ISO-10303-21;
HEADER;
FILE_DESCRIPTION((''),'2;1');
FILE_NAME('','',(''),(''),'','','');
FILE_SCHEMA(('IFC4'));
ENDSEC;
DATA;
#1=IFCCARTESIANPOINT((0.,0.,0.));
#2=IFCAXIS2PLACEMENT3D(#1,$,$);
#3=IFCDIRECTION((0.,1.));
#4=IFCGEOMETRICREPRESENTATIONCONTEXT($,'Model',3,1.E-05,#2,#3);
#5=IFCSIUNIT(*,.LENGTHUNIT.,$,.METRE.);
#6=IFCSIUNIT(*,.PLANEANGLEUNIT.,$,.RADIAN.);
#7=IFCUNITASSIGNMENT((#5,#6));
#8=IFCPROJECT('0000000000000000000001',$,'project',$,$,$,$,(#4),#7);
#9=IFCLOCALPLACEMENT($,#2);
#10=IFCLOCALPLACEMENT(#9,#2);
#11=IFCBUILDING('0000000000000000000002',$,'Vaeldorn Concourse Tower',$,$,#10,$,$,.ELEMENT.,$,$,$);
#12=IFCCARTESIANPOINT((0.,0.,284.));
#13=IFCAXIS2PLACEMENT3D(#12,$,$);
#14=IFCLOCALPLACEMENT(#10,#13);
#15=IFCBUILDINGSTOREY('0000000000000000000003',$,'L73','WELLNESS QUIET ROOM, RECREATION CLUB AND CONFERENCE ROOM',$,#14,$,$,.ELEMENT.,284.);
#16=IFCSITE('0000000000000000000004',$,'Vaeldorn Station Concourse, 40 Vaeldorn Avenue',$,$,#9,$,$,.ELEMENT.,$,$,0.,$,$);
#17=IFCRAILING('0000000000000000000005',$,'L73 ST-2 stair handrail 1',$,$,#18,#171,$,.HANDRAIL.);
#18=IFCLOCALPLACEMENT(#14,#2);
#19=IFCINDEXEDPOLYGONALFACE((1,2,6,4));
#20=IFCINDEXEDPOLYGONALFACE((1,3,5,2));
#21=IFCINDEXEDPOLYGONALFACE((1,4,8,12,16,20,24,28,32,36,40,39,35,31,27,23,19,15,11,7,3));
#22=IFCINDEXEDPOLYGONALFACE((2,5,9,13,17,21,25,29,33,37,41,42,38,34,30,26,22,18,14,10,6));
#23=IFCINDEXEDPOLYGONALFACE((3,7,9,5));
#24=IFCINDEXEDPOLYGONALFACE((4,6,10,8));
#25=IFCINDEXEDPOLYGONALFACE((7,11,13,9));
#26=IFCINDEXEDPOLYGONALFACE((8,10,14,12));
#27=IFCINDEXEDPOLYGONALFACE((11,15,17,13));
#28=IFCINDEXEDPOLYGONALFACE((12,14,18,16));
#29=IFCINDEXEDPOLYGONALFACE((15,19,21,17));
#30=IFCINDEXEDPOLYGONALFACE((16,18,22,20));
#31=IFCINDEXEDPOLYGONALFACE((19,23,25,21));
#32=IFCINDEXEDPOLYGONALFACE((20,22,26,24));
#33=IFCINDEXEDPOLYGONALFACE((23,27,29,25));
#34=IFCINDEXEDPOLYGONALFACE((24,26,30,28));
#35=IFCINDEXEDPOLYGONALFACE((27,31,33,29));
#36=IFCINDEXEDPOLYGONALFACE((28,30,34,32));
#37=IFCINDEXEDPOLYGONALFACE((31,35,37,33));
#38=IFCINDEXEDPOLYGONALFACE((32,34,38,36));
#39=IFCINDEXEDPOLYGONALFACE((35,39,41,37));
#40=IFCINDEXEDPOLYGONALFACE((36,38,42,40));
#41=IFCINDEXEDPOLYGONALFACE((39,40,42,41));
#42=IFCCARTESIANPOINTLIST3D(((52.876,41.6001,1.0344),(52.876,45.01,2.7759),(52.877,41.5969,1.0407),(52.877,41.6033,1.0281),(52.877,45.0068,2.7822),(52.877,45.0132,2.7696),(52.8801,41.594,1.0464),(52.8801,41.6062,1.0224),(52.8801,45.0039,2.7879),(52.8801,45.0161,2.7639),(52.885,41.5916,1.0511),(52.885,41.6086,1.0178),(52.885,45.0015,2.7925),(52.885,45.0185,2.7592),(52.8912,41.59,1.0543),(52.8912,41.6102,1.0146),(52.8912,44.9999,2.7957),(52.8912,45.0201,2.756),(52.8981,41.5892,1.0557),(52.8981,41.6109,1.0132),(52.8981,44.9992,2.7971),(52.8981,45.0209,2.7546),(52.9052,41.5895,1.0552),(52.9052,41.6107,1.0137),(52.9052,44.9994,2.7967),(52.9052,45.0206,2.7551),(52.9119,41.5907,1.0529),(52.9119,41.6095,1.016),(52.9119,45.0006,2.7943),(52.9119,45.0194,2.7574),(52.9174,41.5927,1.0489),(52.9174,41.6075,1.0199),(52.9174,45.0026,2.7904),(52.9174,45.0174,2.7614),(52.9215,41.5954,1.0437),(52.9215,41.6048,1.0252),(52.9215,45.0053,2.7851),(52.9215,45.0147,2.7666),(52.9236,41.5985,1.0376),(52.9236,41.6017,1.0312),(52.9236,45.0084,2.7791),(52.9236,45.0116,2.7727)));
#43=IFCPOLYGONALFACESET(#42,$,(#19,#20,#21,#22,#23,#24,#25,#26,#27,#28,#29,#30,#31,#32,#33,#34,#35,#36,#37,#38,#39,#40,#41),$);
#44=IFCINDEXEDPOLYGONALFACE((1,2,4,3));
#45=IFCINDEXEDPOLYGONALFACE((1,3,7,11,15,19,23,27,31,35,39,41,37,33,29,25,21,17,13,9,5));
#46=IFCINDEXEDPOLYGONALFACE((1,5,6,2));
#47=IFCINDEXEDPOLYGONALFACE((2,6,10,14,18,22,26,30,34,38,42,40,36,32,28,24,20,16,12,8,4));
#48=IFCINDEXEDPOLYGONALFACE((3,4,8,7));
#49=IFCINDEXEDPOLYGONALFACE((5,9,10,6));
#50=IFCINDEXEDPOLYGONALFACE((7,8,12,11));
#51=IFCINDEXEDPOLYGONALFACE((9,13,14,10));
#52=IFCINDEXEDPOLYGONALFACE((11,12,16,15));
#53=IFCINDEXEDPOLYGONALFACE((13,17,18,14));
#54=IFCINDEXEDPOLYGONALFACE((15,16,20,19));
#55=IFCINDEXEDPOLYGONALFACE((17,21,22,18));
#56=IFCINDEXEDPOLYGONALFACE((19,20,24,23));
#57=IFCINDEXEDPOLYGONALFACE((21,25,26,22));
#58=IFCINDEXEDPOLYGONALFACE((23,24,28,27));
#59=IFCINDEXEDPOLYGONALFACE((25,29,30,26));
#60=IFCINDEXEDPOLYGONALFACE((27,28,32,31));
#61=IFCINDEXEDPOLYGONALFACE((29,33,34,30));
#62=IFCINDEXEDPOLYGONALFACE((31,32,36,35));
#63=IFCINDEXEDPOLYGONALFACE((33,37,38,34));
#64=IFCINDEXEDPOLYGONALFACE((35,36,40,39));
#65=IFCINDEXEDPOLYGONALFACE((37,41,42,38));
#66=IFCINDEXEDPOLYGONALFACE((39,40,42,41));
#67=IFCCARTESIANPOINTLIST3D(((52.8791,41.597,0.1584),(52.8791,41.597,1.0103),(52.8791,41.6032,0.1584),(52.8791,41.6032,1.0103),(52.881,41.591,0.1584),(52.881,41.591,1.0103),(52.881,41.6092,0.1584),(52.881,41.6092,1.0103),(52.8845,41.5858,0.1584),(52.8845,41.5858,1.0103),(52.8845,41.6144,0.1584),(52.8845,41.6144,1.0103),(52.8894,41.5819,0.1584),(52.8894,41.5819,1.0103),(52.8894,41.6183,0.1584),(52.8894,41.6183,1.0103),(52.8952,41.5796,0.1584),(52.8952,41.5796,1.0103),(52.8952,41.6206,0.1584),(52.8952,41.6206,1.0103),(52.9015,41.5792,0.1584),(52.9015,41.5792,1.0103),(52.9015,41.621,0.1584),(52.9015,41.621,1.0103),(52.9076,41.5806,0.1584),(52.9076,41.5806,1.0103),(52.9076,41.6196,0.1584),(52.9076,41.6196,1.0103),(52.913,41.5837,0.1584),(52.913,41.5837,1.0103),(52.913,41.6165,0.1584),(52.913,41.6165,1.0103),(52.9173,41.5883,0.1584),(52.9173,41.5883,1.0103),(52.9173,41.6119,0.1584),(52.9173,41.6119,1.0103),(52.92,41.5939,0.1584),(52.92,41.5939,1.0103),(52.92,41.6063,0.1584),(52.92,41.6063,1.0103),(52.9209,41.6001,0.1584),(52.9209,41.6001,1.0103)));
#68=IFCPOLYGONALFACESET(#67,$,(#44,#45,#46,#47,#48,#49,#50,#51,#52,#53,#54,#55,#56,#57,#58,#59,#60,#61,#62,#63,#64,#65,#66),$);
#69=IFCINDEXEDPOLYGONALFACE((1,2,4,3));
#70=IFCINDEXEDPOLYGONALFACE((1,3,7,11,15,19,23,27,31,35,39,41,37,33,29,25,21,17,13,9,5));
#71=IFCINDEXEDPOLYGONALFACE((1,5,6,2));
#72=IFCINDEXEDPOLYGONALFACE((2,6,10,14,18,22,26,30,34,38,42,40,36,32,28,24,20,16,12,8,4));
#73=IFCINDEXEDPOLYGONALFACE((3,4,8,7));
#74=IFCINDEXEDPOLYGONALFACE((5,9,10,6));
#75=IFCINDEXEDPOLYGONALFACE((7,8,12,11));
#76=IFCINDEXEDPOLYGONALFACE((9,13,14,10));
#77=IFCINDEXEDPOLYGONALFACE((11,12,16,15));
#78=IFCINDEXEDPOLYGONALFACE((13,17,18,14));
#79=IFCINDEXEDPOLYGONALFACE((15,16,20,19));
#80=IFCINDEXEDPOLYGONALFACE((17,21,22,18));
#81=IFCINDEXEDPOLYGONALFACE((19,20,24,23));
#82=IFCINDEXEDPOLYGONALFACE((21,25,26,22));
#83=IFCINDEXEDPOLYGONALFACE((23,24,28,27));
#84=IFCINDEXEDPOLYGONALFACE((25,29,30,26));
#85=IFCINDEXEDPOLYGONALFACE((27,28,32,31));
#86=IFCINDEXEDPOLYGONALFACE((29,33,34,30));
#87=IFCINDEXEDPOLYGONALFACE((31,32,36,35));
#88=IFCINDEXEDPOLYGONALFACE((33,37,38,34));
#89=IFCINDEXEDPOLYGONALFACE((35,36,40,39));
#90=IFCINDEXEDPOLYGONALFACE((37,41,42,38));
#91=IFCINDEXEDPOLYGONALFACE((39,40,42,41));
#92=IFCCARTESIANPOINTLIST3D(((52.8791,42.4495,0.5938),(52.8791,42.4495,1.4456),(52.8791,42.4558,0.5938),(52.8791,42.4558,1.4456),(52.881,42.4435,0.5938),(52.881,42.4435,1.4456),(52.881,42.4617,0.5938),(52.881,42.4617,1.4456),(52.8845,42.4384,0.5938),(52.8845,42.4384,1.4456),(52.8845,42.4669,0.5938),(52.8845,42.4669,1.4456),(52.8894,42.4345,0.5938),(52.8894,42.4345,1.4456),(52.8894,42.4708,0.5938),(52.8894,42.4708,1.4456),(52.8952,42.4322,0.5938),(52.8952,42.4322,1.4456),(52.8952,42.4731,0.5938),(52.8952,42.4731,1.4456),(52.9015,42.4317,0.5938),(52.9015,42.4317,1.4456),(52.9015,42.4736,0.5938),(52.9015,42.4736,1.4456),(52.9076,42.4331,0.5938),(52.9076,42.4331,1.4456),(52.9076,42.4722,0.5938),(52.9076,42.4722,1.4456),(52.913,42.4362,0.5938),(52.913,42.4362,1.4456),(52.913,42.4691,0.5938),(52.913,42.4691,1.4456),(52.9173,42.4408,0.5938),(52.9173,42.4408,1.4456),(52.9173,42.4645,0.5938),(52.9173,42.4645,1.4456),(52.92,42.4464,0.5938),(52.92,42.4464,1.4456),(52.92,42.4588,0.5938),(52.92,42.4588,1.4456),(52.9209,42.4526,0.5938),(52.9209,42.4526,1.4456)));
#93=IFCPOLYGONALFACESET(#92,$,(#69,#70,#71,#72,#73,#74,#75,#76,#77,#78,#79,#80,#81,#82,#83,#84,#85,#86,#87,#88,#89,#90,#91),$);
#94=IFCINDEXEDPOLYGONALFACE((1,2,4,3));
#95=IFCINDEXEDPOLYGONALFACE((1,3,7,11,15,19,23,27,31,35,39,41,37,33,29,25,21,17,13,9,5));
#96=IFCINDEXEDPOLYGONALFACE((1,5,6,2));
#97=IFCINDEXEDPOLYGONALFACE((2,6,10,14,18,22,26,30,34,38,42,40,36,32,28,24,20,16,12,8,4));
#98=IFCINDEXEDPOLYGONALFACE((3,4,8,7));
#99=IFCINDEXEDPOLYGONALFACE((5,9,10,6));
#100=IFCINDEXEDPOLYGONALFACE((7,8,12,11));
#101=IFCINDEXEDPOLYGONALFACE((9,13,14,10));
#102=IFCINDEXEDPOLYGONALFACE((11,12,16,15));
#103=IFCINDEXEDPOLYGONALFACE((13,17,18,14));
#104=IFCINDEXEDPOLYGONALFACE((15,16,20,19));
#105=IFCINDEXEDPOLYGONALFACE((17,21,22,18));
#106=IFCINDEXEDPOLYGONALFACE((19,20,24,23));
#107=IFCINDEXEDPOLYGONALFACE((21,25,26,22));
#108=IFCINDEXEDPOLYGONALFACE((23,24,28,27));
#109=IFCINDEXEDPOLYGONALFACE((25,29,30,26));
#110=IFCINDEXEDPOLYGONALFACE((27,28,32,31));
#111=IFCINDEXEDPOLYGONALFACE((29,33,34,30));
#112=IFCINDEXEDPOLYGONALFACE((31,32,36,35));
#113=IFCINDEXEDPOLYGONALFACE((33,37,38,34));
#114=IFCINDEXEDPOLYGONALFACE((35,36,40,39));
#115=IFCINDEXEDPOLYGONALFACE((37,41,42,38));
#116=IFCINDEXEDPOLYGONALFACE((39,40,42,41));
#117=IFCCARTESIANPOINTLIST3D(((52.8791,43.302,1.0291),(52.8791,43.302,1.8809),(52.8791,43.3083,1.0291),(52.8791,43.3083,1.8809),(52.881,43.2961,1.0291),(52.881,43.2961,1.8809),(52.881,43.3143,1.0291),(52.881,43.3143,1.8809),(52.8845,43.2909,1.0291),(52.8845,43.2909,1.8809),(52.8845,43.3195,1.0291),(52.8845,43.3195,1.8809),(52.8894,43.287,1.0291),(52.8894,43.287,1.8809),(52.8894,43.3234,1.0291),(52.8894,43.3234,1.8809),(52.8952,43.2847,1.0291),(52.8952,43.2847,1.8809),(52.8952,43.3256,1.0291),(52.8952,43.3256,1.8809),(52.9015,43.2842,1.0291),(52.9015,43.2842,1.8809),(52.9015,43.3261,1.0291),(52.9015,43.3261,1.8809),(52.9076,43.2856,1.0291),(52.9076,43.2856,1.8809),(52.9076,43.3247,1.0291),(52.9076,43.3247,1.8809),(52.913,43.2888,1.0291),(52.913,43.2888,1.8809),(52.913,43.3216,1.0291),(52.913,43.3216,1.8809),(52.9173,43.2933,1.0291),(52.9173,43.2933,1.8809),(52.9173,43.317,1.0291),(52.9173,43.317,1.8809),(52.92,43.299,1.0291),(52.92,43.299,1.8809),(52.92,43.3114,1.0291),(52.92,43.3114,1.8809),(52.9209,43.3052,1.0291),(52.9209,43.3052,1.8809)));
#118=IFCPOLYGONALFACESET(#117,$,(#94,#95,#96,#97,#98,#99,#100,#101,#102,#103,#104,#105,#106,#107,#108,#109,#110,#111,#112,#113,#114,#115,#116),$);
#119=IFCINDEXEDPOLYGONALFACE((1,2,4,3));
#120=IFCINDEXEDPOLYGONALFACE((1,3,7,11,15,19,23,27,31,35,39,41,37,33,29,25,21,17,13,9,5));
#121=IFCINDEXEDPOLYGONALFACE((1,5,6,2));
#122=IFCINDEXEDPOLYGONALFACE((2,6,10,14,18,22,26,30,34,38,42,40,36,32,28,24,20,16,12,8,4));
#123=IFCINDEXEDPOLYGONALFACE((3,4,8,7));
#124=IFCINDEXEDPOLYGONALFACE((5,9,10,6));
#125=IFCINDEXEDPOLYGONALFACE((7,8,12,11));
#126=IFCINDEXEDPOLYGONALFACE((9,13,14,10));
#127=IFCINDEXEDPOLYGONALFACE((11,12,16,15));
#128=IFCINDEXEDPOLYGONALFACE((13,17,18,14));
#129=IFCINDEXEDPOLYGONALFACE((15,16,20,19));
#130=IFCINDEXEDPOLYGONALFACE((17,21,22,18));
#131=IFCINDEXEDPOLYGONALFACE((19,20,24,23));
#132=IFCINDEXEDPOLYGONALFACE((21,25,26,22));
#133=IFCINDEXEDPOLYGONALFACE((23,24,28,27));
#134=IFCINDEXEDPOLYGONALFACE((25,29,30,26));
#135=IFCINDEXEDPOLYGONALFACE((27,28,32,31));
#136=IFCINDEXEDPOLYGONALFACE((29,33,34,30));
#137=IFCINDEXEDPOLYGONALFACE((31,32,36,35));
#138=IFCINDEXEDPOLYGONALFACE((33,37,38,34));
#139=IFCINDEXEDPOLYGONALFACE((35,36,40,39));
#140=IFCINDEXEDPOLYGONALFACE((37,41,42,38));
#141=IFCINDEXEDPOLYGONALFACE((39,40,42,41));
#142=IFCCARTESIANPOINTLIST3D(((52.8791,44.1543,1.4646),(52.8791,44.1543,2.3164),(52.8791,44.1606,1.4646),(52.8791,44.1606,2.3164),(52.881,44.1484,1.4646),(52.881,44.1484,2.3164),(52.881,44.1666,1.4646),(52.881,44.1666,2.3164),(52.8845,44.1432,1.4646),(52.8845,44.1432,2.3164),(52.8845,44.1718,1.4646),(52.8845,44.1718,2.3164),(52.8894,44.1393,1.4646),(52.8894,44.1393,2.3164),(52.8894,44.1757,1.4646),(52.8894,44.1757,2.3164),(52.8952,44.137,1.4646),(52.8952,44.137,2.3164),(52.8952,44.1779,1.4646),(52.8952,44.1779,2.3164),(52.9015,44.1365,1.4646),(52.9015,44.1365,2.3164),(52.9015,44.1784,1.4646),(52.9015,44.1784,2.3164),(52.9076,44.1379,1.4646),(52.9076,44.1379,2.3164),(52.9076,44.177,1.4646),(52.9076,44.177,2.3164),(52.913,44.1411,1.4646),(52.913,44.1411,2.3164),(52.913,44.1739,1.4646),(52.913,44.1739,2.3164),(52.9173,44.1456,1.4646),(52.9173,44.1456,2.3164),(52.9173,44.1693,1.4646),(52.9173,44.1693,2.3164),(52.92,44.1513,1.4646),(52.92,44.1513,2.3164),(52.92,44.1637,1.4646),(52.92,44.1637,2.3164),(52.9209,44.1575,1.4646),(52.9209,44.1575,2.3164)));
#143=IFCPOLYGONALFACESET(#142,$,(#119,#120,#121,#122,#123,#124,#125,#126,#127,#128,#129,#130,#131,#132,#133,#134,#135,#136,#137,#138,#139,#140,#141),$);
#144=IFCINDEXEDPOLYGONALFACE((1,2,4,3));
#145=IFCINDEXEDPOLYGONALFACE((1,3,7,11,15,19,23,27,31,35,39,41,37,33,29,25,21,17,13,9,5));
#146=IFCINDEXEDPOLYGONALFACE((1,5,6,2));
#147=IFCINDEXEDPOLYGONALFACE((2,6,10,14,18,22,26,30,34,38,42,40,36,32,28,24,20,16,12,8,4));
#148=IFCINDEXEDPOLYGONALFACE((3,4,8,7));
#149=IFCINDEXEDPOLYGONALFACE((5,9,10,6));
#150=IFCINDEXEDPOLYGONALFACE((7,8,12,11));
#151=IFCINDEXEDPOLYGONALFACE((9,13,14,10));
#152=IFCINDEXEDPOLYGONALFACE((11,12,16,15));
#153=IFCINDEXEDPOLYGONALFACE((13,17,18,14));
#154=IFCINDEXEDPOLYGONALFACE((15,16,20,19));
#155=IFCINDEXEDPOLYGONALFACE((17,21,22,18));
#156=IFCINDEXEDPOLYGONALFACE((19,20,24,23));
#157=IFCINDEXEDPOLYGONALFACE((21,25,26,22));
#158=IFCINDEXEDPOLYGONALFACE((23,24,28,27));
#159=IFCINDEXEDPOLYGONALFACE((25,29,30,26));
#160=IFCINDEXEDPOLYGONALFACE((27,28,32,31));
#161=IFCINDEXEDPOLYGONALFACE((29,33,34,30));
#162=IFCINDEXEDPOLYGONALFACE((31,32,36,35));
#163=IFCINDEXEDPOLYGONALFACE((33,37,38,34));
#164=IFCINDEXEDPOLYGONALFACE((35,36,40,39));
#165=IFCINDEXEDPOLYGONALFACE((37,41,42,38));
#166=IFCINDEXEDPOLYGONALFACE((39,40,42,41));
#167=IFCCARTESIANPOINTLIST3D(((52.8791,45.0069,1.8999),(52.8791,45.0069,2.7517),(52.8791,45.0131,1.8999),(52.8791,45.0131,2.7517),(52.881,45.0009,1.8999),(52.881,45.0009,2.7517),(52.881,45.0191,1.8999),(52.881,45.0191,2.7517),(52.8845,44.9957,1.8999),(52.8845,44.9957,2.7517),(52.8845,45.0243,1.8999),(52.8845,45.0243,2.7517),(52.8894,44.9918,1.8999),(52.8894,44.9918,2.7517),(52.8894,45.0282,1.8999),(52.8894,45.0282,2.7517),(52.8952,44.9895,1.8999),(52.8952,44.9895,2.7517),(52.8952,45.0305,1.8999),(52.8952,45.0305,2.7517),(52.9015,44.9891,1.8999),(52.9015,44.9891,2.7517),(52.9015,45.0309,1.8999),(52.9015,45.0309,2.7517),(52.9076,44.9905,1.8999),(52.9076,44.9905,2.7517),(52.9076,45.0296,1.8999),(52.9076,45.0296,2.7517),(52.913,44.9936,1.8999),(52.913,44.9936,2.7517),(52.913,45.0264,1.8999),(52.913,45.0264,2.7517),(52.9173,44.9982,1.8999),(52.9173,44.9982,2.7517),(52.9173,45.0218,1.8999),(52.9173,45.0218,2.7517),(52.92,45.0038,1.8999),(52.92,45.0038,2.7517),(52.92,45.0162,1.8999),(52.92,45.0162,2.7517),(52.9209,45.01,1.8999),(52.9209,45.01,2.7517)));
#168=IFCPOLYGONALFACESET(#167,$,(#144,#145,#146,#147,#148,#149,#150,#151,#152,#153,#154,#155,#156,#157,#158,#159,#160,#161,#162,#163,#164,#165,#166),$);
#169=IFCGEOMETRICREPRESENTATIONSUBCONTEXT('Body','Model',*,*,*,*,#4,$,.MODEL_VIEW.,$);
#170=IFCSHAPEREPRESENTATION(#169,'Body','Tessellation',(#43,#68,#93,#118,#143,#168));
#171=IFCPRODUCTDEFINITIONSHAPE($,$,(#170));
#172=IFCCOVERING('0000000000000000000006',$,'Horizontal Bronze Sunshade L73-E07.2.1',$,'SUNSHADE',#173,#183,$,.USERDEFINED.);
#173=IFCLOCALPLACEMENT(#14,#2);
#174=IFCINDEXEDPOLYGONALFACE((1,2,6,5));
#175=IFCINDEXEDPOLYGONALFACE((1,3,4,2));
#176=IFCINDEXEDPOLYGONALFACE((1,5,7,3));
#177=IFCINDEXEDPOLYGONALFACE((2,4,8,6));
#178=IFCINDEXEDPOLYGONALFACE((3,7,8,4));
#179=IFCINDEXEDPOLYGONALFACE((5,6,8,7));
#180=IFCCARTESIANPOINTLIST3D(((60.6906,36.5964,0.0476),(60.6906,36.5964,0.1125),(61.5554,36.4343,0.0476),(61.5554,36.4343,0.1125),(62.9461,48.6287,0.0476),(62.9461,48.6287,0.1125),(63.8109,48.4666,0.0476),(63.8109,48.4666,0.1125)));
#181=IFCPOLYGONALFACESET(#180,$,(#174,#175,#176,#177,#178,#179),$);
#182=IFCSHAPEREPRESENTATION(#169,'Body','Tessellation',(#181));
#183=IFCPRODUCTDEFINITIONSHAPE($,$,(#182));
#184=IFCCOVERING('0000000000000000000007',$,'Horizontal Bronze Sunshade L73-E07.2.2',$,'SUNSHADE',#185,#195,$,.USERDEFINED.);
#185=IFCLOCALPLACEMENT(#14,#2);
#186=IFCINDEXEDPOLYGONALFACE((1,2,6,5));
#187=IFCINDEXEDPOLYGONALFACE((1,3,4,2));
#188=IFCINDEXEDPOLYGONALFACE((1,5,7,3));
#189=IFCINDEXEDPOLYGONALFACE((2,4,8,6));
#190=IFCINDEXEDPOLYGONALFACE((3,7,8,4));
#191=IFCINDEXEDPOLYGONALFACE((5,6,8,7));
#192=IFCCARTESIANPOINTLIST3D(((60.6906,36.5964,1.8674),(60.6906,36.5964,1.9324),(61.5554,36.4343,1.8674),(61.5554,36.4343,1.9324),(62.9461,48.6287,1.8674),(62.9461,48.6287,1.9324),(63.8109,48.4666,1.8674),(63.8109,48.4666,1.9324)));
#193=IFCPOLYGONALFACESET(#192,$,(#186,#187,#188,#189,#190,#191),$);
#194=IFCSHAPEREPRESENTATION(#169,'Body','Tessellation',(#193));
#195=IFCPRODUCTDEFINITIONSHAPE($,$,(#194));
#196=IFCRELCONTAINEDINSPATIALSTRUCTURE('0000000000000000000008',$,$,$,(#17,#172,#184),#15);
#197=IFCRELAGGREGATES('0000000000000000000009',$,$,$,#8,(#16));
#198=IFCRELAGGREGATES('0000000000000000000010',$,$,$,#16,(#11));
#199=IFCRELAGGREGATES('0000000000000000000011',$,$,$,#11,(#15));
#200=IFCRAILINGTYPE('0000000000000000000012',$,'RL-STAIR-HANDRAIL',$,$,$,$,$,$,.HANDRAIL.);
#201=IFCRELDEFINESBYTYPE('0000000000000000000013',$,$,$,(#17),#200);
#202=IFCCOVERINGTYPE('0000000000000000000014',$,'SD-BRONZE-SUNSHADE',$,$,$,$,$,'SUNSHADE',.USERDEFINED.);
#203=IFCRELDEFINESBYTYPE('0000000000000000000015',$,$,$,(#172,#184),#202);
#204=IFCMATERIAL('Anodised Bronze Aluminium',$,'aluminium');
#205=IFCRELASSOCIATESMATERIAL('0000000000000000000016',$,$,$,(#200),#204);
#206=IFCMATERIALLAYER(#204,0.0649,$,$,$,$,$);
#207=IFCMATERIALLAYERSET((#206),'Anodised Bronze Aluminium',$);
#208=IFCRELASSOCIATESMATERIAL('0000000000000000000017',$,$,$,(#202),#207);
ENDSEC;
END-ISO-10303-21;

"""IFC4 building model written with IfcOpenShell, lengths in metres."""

from ifc_helpers import new_model, si_unit, direction, frame, origin, origin_2d, place, context, subcontext, project, spatial, rectangle, circle, extrude, source, transform, mapped, material, layer, layer_set, type_object, element, save


model = new_model("IFC4")

# Units and contexts
model_context = context("Model", 3, precision=1e-05, world=origin(), true_north=direction((0.0, 1.0)))
body_context = subcontext(model_context, "Body", "Model", "MODEL_VIEW")
ifc_project = project(units=[si_unit("LENGTHUNIT", "METRE"), si_unit("PLANEANGLEUNIT", "RADIAN")], contexts=[model_context])

# Site, building, storey
site_placement = place(None, origin())
site = spatial("IfcSite", under=ifc_project, at=site_placement, Name="Vaeldorn Station Concourse, 40 Vaeldorn Avenue", CompositionType="ELEMENT", RefElevation=0.0)
building_placement = place(site_placement, origin())
building = spatial("IfcBuilding", under=site, at=building_placement, Name="Vaeldorn Concourse Tower", CompositionType="ELEMENT")
storey_placement = place(building_placement, frame((0.0, 0.0, 284.0)))
storey = spatial("IfcBuildingStorey", under=building, at=storey_placement, Name="L73", Description="WELLNESS QUIET ROOM, RECREATION CLUB AND CONFERENCE ROOM", CompositionType="ELEMENT", Elevation=284.0)

# Shared definitions
ifc_material_1 = material(Name="Anodised Bronze Aluminium", Category="aluminium")

# Railing
railing_type_1 = type_object("IfcRailingType", Name="RL-STAIR-HANDRAIL", PredefinedType="HANDRAIL", material=ifc_material_1)
railing_1_placement = place(storey_placement, frame((52.8999, 41.6001, 0.1584)))
element("IfcRailing", 1, at=railing_1_placement, inside=storey, type_object=railing_type_1, Name="L73 ST-2 stair handrail 1", PredefinedType="HANDRAIL", context=body_context, shape_type="SweptSolid", body=[
    extrude(circle(Radius=0.0239, at=origin_2d()), frame((0.0, 0.0, 0.876), z_axis=(0.0, 0.890582, 0.454823), x_axis=(-1.0, 0.0, 0.0)), (0.0, 0.0, 1.0), 3.8289),
    extrude(circle(Radius=0.021, at=origin_2d()), origin(), (0.0, 0.0, 1.0), 0.8518),
    extrude(circle(Radius=0.021, at=origin_2d()), frame((0.0, 0.8525, 0.4353)), (0.0, 0.0, 1.0), 0.8518),
    extrude(circle(Radius=0.021, at=origin_2d()), frame((0.0, 1.7051, 0.8706)), (0.0, 0.0, 1.0), 0.8518),
    extrude(circle(Radius=0.021, at=origin_2d()), frame((0.0, 2.5574, 1.3062)), (0.0, 0.0, 1.0), 0.8518),
    extrude(circle(Radius=0.021, at=origin_2d()), frame((0.0, 3.4099, 1.7415)), (0.0, 0.0, 1.0), 0.8518),
])

# Coverings
ifc_layer_1 = layer(ifc_material_1, 0.0649)
ifc_layer_set_1 = layer_set([ifc_layer_1], Name="Anodised Bronze Aluminium")
covering_type = type_object("IfcCoveringType", Name="SD-BRONZE-SUNSHADE", ElementType="SUNSHADE", PredefinedType="USERDEFINED", material=ifc_layer_set_1)
shared_shape_1 = source(origin(), body_context, "Body", "SweptSolid", [
    extrude(rectangle(XDim=12.2419, YDim=0.8799, at=origin_2d()), origin(), (0.0, 0.0, 1.0), 0.0649),
])
for number, where, z_axis, x_axis, name in (
    (2, (62.2507, 42.5315, 0.0476), (0.0, 0.0, 1.0), (0.184243, 0.982881, 0.0), "Horizontal Bronze Sunshade L73-E07.2.1"),
    (3, (62.2507, 42.5315, 1.8674), (0.0, 0.0, 1.0), (0.184243, 0.982881, 0.0), "Horizontal Bronze Sunshade L73-E07.2.2"),
):
    element("IfcCovering", number, at=place(storey_placement, frame(where, z_axis=z_axis, x_axis=x_axis)), inside=storey, type_object=covering_type, Name=name, ObjectType="SUNSHADE", PredefinedType="USERDEFINED", context=body_context, shape_type="MappedRepresentation", body=[
        mapped(shared_shape_1, transform((0.0, 0.0, 0.0), scale=1.0)),
    ])

save(model, "model.ifc")
